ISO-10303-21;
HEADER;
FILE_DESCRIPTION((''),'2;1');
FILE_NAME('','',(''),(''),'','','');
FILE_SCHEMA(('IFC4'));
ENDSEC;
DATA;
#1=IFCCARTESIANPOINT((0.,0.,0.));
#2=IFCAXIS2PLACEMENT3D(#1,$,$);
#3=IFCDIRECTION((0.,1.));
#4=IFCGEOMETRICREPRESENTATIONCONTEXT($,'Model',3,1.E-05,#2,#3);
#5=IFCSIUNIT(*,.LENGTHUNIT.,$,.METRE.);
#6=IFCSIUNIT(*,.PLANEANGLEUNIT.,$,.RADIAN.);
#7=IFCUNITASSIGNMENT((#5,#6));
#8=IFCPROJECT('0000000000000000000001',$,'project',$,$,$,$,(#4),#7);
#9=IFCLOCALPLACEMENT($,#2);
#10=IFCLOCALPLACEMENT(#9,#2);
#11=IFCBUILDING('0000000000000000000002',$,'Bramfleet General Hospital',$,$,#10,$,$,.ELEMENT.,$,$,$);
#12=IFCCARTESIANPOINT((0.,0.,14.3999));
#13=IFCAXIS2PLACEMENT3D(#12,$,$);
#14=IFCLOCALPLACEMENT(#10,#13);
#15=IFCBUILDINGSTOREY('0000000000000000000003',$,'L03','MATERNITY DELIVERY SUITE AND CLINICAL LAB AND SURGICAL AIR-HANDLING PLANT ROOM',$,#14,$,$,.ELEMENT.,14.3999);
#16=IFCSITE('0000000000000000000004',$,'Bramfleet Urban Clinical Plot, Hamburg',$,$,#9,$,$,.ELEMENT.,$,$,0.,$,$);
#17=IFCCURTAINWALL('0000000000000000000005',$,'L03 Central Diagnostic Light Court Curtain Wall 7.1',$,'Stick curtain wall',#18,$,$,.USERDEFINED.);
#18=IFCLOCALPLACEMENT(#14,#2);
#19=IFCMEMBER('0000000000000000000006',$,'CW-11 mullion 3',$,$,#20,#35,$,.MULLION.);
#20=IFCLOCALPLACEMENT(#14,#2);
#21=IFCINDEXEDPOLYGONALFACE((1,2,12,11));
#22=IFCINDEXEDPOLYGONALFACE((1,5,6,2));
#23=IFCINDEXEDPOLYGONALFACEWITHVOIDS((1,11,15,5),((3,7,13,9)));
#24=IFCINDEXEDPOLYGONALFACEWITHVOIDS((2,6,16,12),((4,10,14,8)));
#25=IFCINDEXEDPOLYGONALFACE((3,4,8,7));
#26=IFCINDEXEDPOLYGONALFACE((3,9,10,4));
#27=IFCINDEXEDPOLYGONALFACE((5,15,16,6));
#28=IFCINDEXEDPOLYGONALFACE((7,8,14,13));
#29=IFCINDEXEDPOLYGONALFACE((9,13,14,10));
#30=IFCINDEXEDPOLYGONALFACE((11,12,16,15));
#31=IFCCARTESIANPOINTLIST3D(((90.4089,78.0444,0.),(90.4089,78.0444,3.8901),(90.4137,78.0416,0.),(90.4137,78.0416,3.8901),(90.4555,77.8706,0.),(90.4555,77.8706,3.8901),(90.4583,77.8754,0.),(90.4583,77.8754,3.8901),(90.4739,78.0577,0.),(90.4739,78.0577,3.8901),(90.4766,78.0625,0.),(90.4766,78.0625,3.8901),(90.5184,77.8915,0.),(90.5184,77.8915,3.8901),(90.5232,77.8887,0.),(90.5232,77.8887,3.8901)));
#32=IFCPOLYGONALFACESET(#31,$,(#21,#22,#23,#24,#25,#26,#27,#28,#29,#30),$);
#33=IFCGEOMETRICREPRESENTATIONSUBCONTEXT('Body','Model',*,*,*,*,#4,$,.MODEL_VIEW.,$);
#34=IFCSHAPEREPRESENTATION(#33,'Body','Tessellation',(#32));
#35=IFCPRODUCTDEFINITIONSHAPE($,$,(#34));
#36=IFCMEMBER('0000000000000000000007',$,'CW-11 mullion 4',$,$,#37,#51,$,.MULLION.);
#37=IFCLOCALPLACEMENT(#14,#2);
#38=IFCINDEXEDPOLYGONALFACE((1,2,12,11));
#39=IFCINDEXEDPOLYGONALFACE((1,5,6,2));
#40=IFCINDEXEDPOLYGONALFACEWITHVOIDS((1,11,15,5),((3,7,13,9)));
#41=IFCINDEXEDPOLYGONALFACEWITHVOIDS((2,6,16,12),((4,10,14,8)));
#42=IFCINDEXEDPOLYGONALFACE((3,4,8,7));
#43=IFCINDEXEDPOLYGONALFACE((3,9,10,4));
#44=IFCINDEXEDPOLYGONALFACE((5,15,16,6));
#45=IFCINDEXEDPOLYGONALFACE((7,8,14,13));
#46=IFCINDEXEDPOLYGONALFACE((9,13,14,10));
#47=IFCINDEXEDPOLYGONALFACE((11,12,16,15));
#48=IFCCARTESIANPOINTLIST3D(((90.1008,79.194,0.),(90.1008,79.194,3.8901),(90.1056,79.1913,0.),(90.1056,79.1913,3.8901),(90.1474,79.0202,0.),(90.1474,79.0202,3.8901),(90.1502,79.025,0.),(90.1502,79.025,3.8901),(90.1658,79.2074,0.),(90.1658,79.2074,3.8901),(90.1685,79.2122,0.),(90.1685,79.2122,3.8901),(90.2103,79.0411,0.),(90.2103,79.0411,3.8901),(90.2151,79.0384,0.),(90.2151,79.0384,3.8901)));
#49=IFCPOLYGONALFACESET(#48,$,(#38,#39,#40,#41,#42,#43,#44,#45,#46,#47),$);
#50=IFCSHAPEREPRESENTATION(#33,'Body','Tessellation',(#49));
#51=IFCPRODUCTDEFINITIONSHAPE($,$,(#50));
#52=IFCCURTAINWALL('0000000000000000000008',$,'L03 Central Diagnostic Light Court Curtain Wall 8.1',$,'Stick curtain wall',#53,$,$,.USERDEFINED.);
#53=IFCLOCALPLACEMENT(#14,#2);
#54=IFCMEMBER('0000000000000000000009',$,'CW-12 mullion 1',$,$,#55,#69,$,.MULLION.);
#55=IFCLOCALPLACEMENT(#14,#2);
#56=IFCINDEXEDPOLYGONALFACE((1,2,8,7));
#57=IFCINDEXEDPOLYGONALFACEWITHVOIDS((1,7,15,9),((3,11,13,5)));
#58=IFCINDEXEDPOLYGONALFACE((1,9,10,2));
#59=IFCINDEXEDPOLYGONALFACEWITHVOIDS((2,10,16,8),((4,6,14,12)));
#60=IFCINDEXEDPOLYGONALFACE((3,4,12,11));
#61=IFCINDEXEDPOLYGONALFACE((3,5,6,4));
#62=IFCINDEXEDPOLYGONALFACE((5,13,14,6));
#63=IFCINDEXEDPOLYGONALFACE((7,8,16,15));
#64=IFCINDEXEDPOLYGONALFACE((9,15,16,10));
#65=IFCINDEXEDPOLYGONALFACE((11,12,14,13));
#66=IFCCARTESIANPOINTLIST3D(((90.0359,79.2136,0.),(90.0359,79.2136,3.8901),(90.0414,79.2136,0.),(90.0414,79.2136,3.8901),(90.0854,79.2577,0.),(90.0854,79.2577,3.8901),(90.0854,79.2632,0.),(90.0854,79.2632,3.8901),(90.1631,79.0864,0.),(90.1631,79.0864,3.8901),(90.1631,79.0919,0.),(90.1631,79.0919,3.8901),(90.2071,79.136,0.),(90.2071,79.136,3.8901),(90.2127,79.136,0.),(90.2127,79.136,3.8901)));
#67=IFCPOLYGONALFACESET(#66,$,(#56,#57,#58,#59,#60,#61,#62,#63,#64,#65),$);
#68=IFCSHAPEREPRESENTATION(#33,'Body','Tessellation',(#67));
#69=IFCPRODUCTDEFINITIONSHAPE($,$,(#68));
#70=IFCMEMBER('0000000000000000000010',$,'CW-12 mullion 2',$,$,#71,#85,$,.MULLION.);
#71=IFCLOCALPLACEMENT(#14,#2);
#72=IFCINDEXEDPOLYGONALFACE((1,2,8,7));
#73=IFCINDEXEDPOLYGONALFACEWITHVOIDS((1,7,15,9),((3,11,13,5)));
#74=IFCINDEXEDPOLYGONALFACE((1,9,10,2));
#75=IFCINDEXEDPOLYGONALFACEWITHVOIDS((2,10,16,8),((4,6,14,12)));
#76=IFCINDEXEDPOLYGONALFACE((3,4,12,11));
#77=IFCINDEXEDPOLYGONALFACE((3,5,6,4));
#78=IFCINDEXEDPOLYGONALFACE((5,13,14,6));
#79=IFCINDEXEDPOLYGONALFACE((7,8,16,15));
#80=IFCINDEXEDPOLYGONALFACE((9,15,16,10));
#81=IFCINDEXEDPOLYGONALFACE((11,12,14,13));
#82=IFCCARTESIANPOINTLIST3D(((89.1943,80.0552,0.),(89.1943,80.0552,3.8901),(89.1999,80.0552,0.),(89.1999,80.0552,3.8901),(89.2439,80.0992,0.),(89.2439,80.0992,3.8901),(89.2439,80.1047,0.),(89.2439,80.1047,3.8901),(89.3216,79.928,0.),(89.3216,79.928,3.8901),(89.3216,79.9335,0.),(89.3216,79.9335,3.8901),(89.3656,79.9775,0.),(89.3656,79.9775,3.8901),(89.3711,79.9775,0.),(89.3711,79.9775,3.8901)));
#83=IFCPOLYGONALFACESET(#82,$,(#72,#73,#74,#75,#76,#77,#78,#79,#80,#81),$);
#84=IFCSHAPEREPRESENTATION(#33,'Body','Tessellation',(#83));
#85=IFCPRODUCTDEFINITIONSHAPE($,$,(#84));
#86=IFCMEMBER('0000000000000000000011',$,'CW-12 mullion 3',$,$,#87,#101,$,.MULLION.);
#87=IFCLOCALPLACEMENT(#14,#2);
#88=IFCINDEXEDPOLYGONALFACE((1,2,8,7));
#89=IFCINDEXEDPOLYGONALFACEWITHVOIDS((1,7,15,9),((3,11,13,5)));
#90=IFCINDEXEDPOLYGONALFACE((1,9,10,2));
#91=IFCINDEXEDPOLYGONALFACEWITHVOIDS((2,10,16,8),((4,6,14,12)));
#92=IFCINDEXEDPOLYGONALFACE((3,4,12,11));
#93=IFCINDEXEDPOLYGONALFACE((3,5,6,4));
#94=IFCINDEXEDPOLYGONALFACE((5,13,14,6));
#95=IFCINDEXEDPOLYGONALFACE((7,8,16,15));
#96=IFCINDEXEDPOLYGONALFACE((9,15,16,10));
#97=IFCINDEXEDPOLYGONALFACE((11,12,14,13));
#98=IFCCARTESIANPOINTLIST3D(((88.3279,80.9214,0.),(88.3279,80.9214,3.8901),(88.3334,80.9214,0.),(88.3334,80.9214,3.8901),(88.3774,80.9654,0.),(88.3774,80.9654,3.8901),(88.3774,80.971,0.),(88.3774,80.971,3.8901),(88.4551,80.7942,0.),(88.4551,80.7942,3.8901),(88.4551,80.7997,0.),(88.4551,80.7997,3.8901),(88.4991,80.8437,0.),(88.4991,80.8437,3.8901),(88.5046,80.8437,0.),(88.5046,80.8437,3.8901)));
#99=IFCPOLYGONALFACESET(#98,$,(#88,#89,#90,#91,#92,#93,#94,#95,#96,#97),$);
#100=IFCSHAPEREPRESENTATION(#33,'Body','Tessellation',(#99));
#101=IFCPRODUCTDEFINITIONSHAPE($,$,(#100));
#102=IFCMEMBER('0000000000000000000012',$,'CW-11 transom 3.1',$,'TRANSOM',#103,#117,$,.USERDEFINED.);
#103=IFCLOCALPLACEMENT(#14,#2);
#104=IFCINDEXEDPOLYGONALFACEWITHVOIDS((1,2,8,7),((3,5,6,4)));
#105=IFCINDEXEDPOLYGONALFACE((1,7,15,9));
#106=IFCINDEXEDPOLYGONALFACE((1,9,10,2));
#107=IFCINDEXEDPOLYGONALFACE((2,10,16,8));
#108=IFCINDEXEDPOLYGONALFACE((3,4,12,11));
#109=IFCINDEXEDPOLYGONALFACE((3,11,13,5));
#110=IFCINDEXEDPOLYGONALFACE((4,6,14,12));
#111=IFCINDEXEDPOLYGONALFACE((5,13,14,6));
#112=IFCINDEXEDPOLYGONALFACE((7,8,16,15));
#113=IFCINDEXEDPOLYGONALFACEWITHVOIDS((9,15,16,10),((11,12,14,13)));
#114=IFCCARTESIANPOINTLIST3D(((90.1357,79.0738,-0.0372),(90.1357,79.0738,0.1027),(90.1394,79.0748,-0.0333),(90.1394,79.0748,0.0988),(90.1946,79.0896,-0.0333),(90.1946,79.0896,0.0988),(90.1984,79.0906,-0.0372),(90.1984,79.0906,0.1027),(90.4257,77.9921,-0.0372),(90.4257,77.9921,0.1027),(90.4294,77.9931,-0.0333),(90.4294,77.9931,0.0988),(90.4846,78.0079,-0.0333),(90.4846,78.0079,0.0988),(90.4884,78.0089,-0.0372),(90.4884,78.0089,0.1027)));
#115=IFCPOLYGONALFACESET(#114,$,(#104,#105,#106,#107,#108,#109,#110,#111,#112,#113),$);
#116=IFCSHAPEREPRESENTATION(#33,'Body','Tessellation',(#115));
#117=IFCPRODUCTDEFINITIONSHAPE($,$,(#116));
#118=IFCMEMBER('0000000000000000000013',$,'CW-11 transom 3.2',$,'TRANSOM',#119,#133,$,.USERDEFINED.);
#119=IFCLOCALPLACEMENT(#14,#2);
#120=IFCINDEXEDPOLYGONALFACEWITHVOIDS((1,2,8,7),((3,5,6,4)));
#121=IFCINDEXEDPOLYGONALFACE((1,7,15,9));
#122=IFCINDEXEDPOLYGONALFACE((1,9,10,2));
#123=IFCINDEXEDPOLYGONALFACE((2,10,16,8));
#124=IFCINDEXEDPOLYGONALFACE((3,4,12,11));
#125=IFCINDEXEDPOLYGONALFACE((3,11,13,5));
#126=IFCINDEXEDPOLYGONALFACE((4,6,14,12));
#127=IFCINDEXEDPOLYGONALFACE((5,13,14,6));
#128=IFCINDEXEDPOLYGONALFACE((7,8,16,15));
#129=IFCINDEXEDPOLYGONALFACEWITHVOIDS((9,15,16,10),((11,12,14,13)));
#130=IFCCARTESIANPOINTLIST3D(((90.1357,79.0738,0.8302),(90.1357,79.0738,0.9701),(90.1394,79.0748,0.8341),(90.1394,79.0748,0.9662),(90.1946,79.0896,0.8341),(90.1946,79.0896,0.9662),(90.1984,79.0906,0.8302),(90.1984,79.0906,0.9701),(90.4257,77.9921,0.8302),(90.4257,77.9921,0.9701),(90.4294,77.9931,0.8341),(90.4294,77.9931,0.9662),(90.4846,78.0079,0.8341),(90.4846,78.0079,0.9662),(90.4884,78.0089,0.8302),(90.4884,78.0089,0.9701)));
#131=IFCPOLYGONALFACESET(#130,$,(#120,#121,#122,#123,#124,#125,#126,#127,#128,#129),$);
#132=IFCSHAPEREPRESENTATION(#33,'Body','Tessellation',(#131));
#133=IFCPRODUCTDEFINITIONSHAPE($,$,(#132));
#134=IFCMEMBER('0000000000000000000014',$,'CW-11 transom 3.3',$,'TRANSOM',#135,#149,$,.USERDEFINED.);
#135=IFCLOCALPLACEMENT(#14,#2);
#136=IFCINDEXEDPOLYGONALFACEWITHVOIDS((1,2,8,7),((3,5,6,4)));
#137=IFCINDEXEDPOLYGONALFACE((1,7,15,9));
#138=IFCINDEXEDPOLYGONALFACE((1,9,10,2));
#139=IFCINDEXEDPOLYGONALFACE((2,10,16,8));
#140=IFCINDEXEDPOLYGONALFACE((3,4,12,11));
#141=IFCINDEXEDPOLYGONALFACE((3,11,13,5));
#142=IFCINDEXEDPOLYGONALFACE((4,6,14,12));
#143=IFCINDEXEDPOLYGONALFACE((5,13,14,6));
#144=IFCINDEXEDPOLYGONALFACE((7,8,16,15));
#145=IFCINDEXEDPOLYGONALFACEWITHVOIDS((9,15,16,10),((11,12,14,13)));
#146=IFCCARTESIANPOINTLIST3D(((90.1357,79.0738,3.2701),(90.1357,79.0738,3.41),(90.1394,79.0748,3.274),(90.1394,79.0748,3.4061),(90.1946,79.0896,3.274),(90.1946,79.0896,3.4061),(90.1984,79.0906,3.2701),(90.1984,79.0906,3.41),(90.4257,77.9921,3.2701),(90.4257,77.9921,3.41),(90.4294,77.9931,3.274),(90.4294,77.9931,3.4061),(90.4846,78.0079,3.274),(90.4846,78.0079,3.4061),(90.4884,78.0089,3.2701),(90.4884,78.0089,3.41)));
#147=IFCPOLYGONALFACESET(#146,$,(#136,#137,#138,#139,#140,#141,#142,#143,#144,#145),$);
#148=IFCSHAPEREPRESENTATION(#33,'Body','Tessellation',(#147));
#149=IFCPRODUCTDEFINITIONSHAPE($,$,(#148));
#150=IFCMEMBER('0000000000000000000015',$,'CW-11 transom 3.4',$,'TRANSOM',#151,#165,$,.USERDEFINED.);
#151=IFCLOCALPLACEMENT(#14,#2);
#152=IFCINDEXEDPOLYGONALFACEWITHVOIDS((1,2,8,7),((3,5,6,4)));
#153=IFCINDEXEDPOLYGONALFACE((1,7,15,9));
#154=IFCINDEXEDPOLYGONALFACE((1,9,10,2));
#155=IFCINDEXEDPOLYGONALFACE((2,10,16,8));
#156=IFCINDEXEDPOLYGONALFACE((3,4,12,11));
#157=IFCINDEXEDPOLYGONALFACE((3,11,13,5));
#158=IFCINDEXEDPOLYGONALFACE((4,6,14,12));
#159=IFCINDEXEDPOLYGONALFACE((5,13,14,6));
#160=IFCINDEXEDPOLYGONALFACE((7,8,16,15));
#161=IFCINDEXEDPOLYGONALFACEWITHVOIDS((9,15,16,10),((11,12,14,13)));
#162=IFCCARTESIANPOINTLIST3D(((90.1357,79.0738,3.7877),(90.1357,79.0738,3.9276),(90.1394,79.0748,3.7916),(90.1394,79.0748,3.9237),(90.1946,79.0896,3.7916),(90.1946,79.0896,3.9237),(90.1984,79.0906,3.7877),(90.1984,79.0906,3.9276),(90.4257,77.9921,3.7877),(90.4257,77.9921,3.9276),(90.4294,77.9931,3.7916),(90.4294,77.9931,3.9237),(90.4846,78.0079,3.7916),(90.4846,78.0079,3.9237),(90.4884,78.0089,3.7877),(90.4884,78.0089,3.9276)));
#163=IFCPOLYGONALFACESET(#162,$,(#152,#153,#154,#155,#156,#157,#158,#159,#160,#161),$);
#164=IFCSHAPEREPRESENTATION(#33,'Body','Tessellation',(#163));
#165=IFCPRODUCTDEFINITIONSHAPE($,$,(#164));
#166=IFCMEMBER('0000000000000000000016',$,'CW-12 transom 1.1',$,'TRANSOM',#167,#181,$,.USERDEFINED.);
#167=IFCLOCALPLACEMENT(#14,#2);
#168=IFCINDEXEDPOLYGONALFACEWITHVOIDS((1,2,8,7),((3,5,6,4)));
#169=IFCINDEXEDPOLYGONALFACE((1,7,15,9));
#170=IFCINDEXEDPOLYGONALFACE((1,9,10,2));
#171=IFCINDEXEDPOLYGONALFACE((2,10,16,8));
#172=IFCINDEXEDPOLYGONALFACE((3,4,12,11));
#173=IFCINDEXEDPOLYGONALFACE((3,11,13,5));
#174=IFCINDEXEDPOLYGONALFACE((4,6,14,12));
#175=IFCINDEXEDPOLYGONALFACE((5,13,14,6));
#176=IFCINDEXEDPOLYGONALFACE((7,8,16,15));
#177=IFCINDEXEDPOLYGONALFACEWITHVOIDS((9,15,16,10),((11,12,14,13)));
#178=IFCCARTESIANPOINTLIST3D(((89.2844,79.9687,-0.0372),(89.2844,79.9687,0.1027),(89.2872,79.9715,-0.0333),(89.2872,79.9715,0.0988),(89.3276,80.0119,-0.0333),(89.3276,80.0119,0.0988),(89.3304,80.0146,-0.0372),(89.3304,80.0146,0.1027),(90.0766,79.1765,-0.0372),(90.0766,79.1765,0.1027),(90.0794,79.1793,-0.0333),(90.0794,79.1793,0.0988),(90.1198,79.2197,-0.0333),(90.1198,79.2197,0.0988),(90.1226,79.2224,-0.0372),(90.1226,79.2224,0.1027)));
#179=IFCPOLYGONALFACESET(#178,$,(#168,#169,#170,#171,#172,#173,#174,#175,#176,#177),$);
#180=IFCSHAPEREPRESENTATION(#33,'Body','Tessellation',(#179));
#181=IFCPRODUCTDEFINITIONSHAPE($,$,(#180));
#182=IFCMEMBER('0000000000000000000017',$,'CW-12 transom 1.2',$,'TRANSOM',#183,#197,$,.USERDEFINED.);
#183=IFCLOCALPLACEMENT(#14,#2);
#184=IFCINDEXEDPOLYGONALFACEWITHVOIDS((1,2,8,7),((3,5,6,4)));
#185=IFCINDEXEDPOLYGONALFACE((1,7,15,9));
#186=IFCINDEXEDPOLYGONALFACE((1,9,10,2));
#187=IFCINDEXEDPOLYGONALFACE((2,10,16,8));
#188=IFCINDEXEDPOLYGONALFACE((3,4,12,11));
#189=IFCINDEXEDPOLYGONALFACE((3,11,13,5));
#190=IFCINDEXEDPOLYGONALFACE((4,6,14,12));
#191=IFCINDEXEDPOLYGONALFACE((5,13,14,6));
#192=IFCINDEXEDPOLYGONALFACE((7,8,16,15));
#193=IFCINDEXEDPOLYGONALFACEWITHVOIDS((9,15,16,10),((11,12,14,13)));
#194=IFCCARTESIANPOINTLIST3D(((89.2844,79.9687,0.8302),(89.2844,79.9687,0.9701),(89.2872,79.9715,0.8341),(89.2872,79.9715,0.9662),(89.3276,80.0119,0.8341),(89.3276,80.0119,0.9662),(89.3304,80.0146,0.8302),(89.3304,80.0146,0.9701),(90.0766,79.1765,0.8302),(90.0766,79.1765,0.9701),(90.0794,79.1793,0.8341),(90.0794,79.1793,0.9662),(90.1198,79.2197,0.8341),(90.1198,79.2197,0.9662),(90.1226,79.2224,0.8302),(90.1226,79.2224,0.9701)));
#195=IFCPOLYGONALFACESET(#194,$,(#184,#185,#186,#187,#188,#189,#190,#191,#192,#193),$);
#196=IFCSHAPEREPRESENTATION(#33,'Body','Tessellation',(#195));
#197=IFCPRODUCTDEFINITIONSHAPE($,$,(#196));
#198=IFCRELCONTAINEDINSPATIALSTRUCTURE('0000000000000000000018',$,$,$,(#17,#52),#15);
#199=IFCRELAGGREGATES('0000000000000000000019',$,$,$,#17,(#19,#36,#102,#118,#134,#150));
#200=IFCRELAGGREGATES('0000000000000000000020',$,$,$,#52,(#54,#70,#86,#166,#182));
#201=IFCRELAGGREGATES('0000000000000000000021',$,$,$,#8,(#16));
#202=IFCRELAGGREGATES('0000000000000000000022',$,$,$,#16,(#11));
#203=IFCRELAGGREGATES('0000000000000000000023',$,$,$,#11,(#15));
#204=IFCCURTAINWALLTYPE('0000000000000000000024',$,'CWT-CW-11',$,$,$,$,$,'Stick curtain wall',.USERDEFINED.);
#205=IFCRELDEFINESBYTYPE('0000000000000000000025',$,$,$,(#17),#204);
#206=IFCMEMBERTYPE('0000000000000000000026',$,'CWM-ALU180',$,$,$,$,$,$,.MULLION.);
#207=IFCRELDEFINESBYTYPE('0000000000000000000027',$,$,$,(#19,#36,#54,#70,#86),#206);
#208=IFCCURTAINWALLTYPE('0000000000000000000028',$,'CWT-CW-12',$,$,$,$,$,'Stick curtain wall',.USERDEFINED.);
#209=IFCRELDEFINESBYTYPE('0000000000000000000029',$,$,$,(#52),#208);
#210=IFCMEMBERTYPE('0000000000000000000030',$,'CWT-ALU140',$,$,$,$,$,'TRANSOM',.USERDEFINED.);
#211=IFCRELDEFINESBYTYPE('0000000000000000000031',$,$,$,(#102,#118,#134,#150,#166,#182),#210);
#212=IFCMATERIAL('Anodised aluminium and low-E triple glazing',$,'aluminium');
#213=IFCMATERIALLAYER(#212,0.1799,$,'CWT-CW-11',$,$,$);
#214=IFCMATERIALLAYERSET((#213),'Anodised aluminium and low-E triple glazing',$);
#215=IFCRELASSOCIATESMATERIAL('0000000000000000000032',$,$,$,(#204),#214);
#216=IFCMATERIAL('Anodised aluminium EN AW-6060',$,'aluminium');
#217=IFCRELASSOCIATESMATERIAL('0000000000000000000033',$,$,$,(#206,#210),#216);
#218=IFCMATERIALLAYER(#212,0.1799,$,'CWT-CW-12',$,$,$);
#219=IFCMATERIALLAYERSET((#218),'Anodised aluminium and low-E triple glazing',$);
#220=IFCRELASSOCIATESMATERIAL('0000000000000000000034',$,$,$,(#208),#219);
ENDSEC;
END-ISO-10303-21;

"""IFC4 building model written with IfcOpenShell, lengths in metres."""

from ifc_helpers import new_model, si_unit, direction, frame, origin, origin_2d, place, context, subcontext, project, spatial, hollow_rectangle, extrude, material, layer, layer_set, material_profile, profile_set, type_object, element, aggregate, save


model = new_model("IFC4")

# Units and contexts
model_context = context("Model", 3, precision=1e-05, world=origin(), true_north=direction((0.0, 1.0)))
body_context = subcontext(model_context, "Body", "Model", "MODEL_VIEW")
ifc_project = project(units=[si_unit("LENGTHUNIT", "METRE"), si_unit("PLANEANGLEUNIT", "RADIAN")], contexts=[model_context])

# Site, building, storey
site_placement = place(None, origin())
site = spatial("IfcSite", under=ifc_project, at=site_placement, Name="Bramfleet Urban Clinical Plot, Hamburg", CompositionType="ELEMENT", RefElevation=0.0)
building_placement = place(site_placement, origin())
building = spatial("IfcBuilding", under=site, at=building_placement, Name="Bramfleet General Hospital", CompositionType="ELEMENT")
storey_placement = place(building_placement, frame((0.0, 0.0, 14.3999)))
storey = spatial("IfcBuildingStorey", under=building, at=storey_placement, Name="L03", Description="MATERNITY DELIVERY SUITE AND CLINICAL LAB AND SURGICAL AIR-HANDLING PLANT ROOM", CompositionType="ELEMENT", Elevation=14.3999)

# Curtain walls, members
ifc_material_1 = material(Name="Anodised aluminium and low-E triple glazing", Category="aluminium")
ifc_layer_1 = layer(ifc_material_1, 0.1799, Name="CWT-CW-11")
ifc_layer_set_1 = layer_set([ifc_layer_1], Name="Anodised aluminium and low-E triple glazing")
curtain_wall_type_1 = type_object("IfcCurtainWallType", Name="CWT-CW-11", ElementType="Stick curtain wall", PredefinedType="USERDEFINED", material=ifc_layer_set_1)
curtain_wall_1_placement = place(storey_placement, origin())
curtain_wall_1 = element("IfcCurtainWall", 1, at=curtain_wall_1_placement, inside=storey, type_object=curtain_wall_type_1, Name="L03 Central Diagnostic Light Court Curtain Wall 7.1", ObjectType="Stick curtain wall", PredefinedType="USERDEFINED")
ifc_material_2 = material(Name="Anodised aluminium EN AW-6060", Category="aluminium")
ifc_material_profile_1 = material_profile(ifc_material_2, hollow_rectangle(XDim=0.0701, YDim=0.1799, WallThickness=0.0039, at=origin_2d()), Name="ALU 180x70x4.0")
ifc_profile_set_1 = profile_set([ifc_material_profile_1], Name="Anodised aluminium EN AW-6060")
member_type_1 = type_object("IfcMemberType", Name="CWM-ALU180", PredefinedType="MULLION", material=ifc_profile_set_1)
member_1_placement = place(storey_placement, frame((90.4661, 77.9666, 0.0), z_axis=(0.0, 0.0, 1.0), x_axis=(-0.965941, -0.258763, 0.0)))
member_1 = element("IfcMember", 2, at=member_1_placement, type_object=member_type_1, Name="CW-11 mullion 3", PredefinedType="MULLION", context=body_context, shape_type="SweptSolid", body=[
    extrude(hollow_rectangle(XDim=0.0701, YDim=0.1799, WallThickness=0.0039, at=origin_2d()), origin(), (0.0, 0.0, 1.0), 3.8901),
])
member_2_placement = place(storey_placement, frame((90.158, 79.1162, 0.0), z_axis=(0.0, 0.0, 1.0), x_axis=(-0.965941, -0.258763, 0.0)))
member_2 = element("IfcMember", 3, at=member_2_placement, type_object=member_type_1, Name="CW-11 mullion 4", PredefinedType="MULLION", context=body_context, shape_type="SweptSolid", body=[
    extrude(hollow_rectangle(XDim=0.0701, YDim=0.1799, WallThickness=0.0039, at=origin_2d()), origin(), (0.0, 0.0, 1.0), 3.8901),
])
ifc_layer_2 = layer(ifc_material_1, 0.1799, Name="CWT-CW-12")
ifc_layer_set_2 = layer_set([ifc_layer_2], Name="Anodised aluminium and low-E triple glazing")
curtain_wall_type_2 = type_object("IfcCurtainWallType", Name="CWT-CW-12", ElementType="Stick curtain wall", PredefinedType="USERDEFINED", material=ifc_layer_set_2)
curtain_wall_2_placement = place(storey_placement, origin())
curtain_wall_2 = element("IfcCurtainWall", 4, at=curtain_wall_2_placement, inside=storey, type_object=curtain_wall_type_2, Name="L03 Central Diagnostic Light Court Curtain Wall 8.1", ObjectType="Stick curtain wall", PredefinedType="USERDEFINED")
member_3_placement = place(storey_placement, frame((90.1243, 79.1748, 0.0), z_axis=(0.0, 0.0, 1.0), x_axis=(-0.707107, -0.707107, 0.0)))
member_3 = element("IfcMember", 5, at=member_3_placement, type_object=member_type_1, Name="CW-12 mullion 1", PredefinedType="MULLION", context=body_context, shape_type="SweptSolid", body=[
    extrude(hollow_rectangle(XDim=0.0701, YDim=0.1799, WallThickness=0.0039, at=origin_2d()), origin(), (0.0, 0.0, 1.0), 3.8901),
])
member_4_placement = place(storey_placement, frame((89.2827, 80.0164, 0.0), z_axis=(0.0, 0.0, 1.0), x_axis=(-0.707107, -0.707107, 0.0)))
member_4 = element("IfcMember", 6, at=member_4_placement, type_object=member_type_1, Name="CW-12 mullion 2", PredefinedType="MULLION", context=body_context, shape_type="SweptSolid", body=[
    extrude(hollow_rectangle(XDim=0.0701, YDim=0.1799, WallThickness=0.0039, at=origin_2d()), origin(), (0.0, 0.0, 1.0), 3.8901),
])
member_5_placement = place(storey_placement, frame((88.4163, 80.8826, 0.0), z_axis=(0.0, 0.0, 1.0), x_axis=(-0.707107, -0.707107, 0.0)))
member_5 = element("IfcMember", 7, at=member_5_placement, type_object=member_type_1, Name="CW-12 mullion 3", PredefinedType="MULLION", context=body_context, shape_type="SweptSolid", body=[
    extrude(hollow_rectangle(XDim=0.0701, YDim=0.1799, WallThickness=0.0039, at=origin_2d()), origin(), (0.0, 0.0, 1.0), 3.8901),
])

# Members
ifc_material_profile_2 = material_profile(ifc_material_2, hollow_rectangle(XDim=0.0649, YDim=0.1399, WallThickness=0.0039, at=origin_2d()), Name="ALU 140x65x4.0")
ifc_profile_set_2 = profile_set([ifc_material_profile_2], Name="Anodised aluminium EN AW-6060")
member_type_2 = type_object("IfcMemberType", Name="CWT-ALU140", ElementType="TRANSOM", PredefinedType="USERDEFINED", material=ifc_profile_set_2)
member_6_placement = place(storey_placement, frame((90.457, 78.0005, 0.0327), z_axis=(-0.258965, 0.965887, 0.0), x_axis=(-0.965887, -0.258965, 0.0)))
member_6 = element("IfcMember", 8, at=member_6_placement, type_object=member_type_2, Name="CW-11 transom 3.1", ObjectType="TRANSOM", PredefinedType="USERDEFINED", context=body_context, shape_type="SweptSolid", body=[
    extrude(hollow_rectangle(XDim=0.0649, YDim=0.1399, WallThickness=0.0039, at=origin_2d()), origin(), (0.0, 0.0, 1.0), 1.1199),
])
member_7_placement = place(storey_placement, frame((90.457, 78.0005, 0.9001), z_axis=(-0.258965, 0.965887, 0.0), x_axis=(-0.965887, -0.258965, 0.0)))
member_7 = element("IfcMember", 9, at=member_7_placement, type_object=member_type_2, Name="CW-11 transom 3.2", ObjectType="TRANSOM", PredefinedType="USERDEFINED", context=body_context, shape_type="SweptSolid", body=[
    extrude(hollow_rectangle(XDim=0.0649, YDim=0.1399, WallThickness=0.0039, at=origin_2d()), origin(), (0.0, 0.0, 1.0), 1.1199),
])
member_8_placement = place(storey_placement, frame((90.457, 78.0005, 3.3401), z_axis=(-0.258965, 0.965887, 0.0), x_axis=(-0.965887, -0.258965, 0.0)))
member_8 = element("IfcMember", 10, at=member_8_placement, type_object=member_type_2, Name="CW-11 transom 3.3", ObjectType="TRANSOM", PredefinedType="USERDEFINED", context=body_context, shape_type="SweptSolid", body=[
    extrude(hollow_rectangle(XDim=0.0649, YDim=0.1399, WallThickness=0.0039, at=origin_2d()), origin(), (0.0, 0.0, 1.0), 1.1199),
])
member_9_placement = place(storey_placement, frame((90.457, 78.0005, 3.8577), z_axis=(-0.258965, 0.965887, 0.0), x_axis=(-0.965887, -0.258965, 0.0)))
member_9 = element("IfcMember", 11, at=member_9_placement, type_object=member_type_2, Name="CW-11 transom 3.4", ObjectType="TRANSOM", PredefinedType="USERDEFINED", context=body_context, shape_type="SweptSolid", body=[
    extrude(hollow_rectangle(XDim=0.0649, YDim=0.1399, WallThickness=0.0039, at=origin_2d()), origin(), (0.0, 0.0, 1.0), 1.1199),
])
member_10_placement = place(storey_placement, frame((90.0996, 79.1995, 0.0327), z_axis=(-0.707107, 0.707107, 0.0), x_axis=(-0.707107, -0.707107, 0.0)))
member_10 = element("IfcMember", 12, at=member_10_placement, type_object=member_type_2, Name="CW-12 transom 1.1", ObjectType="TRANSOM", PredefinedType="USERDEFINED", context=body_context, shape_type="SweptSolid", body=[
    extrude(hollow_rectangle(XDim=0.0649, YDim=0.1399, WallThickness=0.0039, at=origin_2d()), origin(), (0.0, 0.0, 1.0), 1.1204),
])
member_11_placement = place(storey_placement, frame((90.0996, 79.1995, 0.9001), z_axis=(-0.707107, 0.707107, 0.0), x_axis=(-0.707107, -0.707107, 0.0)))
member_11 = element("IfcMember", 13, at=member_11_placement, type_object=member_type_2, Name="CW-12 transom 1.2", ObjectType="TRANSOM", PredefinedType="USERDEFINED", context=body_context, shape_type="SweptSolid", body=[
    extrude(hollow_rectangle(XDim=0.0649, YDim=0.1399, WallThickness=0.0039, at=origin_2d()), origin(), (0.0, 0.0, 1.0), 1.1204),
])

aggregate(curtain_wall_1, [member_1, member_2, member_6, member_7, member_8, member_9])
aggregate(curtain_wall_2, [member_3, member_4, member_5, member_10, member_11])

save(model, "model.ifc")
